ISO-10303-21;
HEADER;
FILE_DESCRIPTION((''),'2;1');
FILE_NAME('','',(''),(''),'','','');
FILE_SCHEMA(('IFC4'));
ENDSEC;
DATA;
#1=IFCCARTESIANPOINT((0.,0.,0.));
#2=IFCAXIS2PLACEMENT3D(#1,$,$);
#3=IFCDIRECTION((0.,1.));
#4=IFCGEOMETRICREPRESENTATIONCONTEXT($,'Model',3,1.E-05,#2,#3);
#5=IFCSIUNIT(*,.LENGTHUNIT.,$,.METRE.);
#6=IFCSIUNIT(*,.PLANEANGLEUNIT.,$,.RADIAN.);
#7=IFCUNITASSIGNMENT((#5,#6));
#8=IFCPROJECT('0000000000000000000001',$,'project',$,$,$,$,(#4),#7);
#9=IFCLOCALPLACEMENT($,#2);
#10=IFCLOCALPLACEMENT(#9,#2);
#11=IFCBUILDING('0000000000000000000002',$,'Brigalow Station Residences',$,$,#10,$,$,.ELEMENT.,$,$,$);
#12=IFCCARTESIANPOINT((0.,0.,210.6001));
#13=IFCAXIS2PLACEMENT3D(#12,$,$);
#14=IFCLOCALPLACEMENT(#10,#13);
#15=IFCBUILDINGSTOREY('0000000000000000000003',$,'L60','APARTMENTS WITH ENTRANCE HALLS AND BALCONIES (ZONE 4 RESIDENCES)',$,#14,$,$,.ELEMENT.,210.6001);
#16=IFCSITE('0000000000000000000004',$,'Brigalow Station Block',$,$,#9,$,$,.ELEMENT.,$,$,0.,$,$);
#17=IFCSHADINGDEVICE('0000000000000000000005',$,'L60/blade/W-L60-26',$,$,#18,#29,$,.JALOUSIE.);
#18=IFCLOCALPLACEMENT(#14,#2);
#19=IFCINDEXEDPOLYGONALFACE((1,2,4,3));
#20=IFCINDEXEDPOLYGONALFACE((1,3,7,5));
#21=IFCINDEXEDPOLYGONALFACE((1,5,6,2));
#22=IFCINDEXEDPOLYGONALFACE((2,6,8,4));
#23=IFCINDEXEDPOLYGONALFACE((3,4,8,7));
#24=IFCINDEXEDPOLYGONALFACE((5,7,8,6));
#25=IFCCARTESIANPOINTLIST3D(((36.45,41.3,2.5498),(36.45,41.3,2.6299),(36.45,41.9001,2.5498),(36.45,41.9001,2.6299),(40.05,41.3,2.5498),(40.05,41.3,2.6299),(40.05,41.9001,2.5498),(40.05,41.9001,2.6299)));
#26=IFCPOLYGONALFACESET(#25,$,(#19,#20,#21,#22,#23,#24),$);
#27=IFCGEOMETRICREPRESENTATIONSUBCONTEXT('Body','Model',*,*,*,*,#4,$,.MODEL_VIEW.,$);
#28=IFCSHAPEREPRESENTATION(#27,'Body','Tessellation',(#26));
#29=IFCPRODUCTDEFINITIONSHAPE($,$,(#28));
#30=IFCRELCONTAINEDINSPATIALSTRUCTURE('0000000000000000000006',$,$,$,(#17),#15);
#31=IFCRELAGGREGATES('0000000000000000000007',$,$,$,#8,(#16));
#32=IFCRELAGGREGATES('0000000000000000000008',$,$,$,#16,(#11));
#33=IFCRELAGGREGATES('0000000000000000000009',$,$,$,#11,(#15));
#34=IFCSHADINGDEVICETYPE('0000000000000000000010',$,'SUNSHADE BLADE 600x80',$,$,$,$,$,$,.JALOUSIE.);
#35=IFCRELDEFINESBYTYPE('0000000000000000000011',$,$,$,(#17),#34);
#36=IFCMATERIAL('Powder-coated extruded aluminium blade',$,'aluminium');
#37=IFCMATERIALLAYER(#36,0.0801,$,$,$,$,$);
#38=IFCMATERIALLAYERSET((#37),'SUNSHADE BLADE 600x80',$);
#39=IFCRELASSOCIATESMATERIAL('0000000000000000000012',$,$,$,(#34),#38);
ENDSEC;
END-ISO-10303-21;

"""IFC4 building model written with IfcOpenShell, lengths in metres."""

from ifc_helpers import new_model, si_unit, direction, frame, origin, origin_2d, place, context, subcontext, project, spatial, rectangle, extrude, material, layer, layer_set, type_object, element, save


model = new_model("IFC4")

# Units and contexts
model_context = context("Model", 3, precision=1e-05, world=origin(), true_north=direction((0.0, 1.0)))
body_context = subcontext(model_context, "Body", "Model", "MODEL_VIEW")
ifc_project = project(units=[si_unit("LENGTHUNIT", "METRE"), si_unit("PLANEANGLEUNIT", "RADIAN")], contexts=[model_context])

# Site, building, storey
site_placement = place(None, origin())
site = spatial("IfcSite", under=ifc_project, at=site_placement, Name="Brigalow Station Block", CompositionType="ELEMENT", RefElevation=0.0)
building_placement = place(site_placement, origin())
building = spatial("IfcBuilding", under=site, at=building_placement, Name="Brigalow Station Residences", CompositionType="ELEMENT")
storey_placement = place(building_placement, frame((0.0, 0.0, 210.6001)))
storey = spatial("IfcBuildingStorey", under=building, at=storey_placement, Name="L60", Description="APARTMENTS WITH ENTRANCE HALLS AND BALCONIES (ZONE 4 RESIDENCES)", CompositionType="ELEMENT", Elevation=210.6001)

# Shading device
ifc_material_1 = material(Name="Powder-coated extruded aluminium blade", Category="aluminium")
ifc_layer_1 = layer(ifc_material_1, 0.0801)
ifc_layer_set_1 = layer_set([ifc_layer_1], Name="SUNSHADE BLADE 600x80")
shading_device_type = type_object("IfcShadingDeviceType", Name="SUNSHADE BLADE 600x80", PredefinedType="JALOUSIE", material=ifc_layer_set_1)
for number, where, z_axis, x_axis, name in (
    (1, (38.25, 41.6001, 2.5498), (0.0, 0.0, 1.0), (-1.0, 0.0, 0.0), "L60/blade/W-L60-26"),
):
    element("IfcShadingDevice", number, at=place(storey_placement, frame(where, z_axis=z_axis, x_axis=x_axis)), inside=storey, type_object=shading_device_type, Name=name, PredefinedType="JALOUSIE", context=body_context, shape_type="SweptSolid", body=[
        extrude(rectangle(XDim=3.6001, YDim=0.6001, at=origin_2d()), origin(), (0.0, 0.0, 1.0), 0.0801),
    ])

save(model, "model.ifc")
